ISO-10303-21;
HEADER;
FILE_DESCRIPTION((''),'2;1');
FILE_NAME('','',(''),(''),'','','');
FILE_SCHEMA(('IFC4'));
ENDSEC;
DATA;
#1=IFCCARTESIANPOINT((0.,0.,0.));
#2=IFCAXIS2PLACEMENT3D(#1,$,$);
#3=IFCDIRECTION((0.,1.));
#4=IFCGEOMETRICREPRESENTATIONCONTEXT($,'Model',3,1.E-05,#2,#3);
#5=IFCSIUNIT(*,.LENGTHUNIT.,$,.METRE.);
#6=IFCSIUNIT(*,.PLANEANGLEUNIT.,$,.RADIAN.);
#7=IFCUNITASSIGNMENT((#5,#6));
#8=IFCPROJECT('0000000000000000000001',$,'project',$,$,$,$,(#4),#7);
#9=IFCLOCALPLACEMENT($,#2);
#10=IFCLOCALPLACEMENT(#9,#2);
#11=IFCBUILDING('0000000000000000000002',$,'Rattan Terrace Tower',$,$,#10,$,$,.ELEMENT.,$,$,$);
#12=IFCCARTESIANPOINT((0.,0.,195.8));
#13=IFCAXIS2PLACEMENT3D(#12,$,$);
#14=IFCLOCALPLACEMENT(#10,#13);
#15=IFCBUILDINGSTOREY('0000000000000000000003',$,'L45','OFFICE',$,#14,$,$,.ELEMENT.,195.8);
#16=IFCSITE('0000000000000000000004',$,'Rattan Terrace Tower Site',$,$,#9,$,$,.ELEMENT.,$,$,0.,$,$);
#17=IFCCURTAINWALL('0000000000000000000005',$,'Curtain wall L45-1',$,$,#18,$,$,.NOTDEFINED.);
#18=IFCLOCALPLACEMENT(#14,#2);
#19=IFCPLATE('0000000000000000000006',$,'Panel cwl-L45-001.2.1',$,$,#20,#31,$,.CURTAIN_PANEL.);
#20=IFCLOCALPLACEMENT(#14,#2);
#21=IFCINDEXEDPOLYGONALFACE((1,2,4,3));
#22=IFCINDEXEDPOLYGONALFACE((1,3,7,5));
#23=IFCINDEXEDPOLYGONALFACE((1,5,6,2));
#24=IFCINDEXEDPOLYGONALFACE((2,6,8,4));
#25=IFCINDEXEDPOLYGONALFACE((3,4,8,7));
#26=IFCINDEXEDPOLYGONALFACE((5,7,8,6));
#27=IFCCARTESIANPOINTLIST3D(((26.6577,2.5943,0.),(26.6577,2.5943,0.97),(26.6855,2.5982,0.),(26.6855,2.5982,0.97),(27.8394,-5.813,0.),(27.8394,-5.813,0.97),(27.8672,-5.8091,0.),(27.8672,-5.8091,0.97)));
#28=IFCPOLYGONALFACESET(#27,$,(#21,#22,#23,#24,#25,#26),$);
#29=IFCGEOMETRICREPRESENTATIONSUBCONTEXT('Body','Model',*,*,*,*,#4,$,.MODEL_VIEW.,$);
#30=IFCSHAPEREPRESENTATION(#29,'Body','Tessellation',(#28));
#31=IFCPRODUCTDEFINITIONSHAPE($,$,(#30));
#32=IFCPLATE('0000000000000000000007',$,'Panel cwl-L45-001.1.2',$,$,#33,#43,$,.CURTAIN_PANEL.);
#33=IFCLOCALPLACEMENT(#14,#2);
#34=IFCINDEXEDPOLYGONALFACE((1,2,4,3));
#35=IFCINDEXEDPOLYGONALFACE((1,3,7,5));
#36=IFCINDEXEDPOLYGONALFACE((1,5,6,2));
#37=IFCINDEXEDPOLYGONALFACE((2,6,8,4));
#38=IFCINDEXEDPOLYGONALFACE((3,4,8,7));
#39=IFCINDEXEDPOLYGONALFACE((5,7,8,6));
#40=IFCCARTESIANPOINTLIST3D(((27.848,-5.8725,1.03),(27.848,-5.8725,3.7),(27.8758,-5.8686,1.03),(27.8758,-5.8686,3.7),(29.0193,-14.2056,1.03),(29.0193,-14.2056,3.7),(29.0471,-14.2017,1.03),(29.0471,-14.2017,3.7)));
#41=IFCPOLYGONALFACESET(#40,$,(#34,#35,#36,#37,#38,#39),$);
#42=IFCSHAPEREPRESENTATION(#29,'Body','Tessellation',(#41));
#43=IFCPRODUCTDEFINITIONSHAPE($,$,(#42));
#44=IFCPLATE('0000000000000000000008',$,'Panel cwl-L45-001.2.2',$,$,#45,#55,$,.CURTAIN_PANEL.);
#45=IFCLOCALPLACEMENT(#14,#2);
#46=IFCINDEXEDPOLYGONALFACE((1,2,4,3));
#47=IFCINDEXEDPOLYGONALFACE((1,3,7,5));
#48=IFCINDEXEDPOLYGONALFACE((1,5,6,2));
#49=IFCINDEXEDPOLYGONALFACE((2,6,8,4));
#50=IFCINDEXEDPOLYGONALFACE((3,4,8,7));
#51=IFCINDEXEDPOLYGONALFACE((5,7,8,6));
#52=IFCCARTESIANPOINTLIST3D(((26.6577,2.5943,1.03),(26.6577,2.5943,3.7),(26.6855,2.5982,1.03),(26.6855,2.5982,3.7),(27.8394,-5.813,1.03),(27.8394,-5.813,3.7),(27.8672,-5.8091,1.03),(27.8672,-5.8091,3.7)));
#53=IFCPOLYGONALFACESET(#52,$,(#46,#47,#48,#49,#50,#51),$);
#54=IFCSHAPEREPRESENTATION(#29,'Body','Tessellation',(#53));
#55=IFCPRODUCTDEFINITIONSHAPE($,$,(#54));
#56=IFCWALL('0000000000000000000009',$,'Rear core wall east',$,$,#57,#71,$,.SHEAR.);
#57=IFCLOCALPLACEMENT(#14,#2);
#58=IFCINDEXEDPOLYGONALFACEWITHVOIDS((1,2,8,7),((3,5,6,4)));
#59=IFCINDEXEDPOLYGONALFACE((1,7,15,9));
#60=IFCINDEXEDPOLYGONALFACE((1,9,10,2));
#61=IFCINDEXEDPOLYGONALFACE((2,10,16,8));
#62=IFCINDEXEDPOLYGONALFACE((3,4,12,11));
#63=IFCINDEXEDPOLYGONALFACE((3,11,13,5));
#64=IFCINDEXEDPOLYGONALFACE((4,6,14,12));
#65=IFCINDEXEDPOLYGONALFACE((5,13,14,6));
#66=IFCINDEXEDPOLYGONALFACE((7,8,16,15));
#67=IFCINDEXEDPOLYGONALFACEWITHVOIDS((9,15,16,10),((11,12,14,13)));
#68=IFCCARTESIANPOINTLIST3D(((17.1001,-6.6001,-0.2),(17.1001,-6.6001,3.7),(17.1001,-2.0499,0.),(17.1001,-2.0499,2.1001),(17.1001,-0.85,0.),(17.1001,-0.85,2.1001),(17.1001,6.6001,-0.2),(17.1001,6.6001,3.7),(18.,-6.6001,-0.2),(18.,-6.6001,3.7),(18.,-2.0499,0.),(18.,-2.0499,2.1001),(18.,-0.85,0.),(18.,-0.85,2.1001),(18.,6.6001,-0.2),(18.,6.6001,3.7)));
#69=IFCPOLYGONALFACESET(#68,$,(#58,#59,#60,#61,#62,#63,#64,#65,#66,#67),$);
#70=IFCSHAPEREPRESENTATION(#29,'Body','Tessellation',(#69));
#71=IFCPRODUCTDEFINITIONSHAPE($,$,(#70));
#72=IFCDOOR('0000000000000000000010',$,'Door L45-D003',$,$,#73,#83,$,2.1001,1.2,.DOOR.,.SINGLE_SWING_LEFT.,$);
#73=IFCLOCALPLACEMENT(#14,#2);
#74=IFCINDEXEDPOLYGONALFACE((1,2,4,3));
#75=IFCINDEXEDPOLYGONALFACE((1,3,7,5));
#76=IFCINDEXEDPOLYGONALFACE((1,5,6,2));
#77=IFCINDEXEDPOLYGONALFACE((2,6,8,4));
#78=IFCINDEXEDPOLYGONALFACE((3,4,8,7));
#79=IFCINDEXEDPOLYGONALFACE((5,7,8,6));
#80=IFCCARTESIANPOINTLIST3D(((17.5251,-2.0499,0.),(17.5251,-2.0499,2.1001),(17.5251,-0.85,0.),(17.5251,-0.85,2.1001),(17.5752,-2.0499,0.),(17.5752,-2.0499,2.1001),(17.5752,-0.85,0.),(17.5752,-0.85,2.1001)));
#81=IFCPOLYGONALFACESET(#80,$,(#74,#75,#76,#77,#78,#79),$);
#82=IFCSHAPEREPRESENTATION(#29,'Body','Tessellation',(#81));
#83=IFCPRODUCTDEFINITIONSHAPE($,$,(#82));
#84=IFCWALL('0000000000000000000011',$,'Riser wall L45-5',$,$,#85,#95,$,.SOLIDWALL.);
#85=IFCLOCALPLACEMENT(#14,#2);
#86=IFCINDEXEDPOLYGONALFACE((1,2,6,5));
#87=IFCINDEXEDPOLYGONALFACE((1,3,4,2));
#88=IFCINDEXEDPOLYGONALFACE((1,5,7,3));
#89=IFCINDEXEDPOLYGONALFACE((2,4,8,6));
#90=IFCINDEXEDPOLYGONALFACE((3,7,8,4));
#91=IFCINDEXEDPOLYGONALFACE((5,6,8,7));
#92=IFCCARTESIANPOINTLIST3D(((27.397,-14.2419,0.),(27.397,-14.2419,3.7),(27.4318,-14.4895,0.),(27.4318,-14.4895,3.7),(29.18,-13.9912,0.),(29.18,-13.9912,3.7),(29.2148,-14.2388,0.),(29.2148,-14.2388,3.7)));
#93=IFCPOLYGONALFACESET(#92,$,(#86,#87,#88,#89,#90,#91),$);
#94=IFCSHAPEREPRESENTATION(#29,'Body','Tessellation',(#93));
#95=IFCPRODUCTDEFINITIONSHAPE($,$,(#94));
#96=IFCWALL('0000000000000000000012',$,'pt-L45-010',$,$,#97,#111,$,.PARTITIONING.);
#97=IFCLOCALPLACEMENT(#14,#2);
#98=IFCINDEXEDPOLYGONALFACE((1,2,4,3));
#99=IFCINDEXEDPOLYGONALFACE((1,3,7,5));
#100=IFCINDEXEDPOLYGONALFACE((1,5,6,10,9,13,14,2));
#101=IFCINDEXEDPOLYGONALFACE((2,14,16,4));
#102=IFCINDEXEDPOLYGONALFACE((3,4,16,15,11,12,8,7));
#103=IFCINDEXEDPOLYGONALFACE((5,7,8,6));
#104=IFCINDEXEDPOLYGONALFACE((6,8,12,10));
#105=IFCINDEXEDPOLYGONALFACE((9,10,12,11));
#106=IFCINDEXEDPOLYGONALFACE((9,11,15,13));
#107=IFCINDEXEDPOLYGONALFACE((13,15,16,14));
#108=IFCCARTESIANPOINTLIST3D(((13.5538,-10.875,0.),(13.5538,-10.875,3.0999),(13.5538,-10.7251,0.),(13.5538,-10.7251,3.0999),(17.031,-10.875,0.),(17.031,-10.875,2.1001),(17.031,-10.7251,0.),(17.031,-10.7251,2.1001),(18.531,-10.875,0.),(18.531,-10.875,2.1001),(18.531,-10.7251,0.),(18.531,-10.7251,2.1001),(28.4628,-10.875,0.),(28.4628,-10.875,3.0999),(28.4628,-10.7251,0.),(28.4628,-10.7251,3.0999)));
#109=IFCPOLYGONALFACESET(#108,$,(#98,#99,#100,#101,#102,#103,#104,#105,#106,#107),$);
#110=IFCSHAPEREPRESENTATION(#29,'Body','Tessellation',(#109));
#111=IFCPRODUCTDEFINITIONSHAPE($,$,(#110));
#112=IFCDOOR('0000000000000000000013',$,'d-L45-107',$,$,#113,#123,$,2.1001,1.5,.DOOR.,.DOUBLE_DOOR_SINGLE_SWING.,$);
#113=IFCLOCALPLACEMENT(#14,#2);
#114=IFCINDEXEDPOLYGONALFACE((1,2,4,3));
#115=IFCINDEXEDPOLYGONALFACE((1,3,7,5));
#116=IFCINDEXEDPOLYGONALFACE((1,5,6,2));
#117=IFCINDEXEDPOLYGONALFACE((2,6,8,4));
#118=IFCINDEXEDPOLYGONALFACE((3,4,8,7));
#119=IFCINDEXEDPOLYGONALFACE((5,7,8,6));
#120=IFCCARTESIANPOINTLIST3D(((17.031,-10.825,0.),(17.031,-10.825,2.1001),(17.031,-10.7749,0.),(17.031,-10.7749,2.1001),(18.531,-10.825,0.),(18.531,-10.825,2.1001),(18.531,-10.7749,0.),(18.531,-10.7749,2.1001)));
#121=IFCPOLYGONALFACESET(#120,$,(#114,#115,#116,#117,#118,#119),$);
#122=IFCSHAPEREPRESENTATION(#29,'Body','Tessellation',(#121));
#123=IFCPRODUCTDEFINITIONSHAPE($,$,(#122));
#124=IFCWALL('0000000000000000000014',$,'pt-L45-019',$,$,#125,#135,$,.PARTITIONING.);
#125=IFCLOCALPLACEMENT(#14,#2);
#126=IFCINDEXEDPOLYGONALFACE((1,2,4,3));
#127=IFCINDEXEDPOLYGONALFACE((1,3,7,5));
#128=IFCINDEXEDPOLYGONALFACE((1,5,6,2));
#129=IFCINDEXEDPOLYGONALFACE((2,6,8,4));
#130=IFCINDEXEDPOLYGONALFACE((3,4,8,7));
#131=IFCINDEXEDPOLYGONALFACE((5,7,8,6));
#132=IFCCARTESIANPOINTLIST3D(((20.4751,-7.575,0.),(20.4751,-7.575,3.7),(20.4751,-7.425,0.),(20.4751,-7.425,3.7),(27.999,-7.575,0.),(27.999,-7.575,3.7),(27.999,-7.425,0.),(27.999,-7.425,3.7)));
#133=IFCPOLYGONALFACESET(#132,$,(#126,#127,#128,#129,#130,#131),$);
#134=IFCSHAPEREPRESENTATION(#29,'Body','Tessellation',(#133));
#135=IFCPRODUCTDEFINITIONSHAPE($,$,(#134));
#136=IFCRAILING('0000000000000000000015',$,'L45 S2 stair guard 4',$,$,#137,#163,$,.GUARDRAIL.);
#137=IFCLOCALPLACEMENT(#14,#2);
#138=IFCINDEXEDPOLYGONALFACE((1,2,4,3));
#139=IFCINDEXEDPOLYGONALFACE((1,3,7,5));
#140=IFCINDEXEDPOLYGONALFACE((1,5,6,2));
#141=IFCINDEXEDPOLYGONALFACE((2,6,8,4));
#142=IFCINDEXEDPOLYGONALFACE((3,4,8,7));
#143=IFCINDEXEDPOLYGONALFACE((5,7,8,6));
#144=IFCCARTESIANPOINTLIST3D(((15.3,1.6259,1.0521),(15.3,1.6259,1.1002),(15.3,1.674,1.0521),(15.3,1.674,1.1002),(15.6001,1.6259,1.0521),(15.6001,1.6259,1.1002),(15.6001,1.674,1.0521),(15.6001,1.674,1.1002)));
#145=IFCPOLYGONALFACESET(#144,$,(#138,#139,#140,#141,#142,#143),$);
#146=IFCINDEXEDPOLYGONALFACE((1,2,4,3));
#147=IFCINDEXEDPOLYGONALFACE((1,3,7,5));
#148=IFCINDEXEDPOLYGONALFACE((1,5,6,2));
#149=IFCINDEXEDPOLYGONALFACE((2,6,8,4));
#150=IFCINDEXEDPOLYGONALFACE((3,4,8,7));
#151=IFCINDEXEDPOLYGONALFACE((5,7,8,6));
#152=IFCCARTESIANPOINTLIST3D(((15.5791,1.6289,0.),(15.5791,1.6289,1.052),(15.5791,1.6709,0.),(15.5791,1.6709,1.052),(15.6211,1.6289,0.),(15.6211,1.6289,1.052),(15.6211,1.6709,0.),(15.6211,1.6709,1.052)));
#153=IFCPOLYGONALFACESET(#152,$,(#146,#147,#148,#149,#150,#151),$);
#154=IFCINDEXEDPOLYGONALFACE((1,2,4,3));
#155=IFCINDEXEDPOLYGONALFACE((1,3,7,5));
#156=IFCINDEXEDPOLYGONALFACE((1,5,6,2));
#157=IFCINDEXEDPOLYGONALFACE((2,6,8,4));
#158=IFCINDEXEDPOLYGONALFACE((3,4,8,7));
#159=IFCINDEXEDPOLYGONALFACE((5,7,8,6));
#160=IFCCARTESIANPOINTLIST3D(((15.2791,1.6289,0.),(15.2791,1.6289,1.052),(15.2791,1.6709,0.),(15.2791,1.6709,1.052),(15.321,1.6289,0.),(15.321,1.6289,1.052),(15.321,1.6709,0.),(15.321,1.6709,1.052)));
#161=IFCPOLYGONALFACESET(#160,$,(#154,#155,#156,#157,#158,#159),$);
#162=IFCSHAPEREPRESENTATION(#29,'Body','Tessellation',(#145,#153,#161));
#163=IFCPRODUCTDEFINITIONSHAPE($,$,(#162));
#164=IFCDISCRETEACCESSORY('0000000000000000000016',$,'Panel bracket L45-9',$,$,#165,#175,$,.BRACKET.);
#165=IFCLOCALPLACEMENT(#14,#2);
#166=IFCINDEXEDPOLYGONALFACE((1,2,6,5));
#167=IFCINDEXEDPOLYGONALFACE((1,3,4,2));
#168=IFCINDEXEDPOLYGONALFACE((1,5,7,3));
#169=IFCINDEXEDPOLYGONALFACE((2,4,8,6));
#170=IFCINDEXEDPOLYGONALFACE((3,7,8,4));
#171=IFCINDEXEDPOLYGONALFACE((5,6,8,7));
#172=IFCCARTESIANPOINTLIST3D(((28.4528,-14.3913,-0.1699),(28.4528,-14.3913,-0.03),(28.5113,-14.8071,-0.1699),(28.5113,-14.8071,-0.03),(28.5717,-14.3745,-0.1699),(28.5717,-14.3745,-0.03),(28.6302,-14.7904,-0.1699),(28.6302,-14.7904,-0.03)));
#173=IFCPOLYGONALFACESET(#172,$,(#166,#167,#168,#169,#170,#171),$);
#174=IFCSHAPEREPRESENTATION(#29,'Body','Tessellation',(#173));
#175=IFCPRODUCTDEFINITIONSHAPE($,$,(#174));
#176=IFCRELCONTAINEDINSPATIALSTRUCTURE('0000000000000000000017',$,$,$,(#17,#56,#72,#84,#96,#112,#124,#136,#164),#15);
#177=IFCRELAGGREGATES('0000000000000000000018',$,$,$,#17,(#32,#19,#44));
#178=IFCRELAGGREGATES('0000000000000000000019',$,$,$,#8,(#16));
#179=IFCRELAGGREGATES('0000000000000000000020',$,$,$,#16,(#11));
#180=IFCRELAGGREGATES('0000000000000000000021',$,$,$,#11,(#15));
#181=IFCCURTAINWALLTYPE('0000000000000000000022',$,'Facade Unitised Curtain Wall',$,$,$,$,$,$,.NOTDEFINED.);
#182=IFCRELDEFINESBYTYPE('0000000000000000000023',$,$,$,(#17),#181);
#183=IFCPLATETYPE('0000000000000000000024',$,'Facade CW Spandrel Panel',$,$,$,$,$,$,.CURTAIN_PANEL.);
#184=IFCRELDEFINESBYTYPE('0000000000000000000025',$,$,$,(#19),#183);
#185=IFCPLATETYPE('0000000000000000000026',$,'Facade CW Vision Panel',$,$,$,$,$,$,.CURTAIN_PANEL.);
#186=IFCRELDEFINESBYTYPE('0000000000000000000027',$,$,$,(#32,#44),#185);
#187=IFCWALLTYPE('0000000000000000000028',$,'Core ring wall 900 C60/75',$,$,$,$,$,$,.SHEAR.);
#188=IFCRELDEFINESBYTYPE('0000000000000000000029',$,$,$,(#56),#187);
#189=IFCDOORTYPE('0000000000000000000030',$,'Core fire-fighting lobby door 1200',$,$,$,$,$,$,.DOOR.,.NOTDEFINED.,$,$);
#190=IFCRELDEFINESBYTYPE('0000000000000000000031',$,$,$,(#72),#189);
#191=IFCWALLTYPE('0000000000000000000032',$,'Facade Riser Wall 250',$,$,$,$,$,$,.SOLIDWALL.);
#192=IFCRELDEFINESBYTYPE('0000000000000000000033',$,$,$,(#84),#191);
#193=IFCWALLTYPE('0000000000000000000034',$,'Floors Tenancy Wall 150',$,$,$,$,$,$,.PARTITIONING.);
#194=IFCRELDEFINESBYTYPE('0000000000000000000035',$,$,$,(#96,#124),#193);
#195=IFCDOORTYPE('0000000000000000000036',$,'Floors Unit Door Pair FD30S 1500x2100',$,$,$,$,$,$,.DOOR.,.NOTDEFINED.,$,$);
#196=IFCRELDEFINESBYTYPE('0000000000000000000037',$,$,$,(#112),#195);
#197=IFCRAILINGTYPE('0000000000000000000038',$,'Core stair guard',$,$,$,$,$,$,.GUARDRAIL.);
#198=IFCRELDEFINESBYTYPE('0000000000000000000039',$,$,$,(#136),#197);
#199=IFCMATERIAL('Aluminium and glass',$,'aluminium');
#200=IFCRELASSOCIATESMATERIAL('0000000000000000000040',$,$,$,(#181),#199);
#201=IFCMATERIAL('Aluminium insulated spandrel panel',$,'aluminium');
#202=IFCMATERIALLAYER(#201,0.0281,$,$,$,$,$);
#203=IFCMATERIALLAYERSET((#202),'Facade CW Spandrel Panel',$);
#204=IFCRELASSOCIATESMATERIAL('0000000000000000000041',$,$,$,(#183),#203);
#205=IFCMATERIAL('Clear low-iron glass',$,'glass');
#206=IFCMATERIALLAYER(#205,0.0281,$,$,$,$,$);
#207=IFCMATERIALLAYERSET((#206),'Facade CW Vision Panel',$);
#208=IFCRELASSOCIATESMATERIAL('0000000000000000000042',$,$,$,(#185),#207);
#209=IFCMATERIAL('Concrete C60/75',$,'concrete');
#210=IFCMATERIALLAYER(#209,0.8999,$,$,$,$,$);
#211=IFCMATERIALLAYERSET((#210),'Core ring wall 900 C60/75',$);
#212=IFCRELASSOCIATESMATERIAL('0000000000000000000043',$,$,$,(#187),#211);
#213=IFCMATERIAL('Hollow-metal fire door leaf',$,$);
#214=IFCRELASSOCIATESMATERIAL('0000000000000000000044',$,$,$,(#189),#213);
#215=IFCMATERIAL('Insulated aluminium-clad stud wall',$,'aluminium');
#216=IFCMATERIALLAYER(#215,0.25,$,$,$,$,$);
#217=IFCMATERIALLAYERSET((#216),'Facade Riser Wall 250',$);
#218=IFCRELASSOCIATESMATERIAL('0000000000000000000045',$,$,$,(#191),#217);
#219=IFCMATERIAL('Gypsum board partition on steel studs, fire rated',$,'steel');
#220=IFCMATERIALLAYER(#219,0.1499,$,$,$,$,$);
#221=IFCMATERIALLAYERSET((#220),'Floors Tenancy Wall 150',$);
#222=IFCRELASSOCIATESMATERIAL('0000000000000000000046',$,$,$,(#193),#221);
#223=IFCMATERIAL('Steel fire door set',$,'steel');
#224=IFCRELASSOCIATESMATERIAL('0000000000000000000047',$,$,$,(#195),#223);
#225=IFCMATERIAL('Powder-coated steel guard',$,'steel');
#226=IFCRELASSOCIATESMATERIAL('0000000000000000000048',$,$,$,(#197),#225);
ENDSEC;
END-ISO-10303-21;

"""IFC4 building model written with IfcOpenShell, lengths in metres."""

from ifc_helpers import new_model, si_unit, direction, frame, frame_2d, origin, origin_2d, place, context, subcontext, project, spatial, rectangle, extrude, material, layer, layer_set, type_object, element, fill, aggregate, save


model = new_model("IFC4")

# Units and contexts
model_context = context("Model", 3, precision=1e-05, world=origin(), true_north=direction((0.0, 1.0)))
body_context = subcontext(model_context, "Body", "Model", "MODEL_VIEW")
ifc_project = project(units=[si_unit("LENGTHUNIT", "METRE"), si_unit("PLANEANGLEUNIT", "RADIAN")], contexts=[model_context])

# Site, building, storey
site_placement = place(None, origin())
site = spatial("IfcSite", under=ifc_project, at=site_placement, Name="Rattan Terrace Tower Site", CompositionType="ELEMENT", RefElevation=0.0)
building_placement = place(site_placement, origin())
building = spatial("IfcBuilding", under=site, at=building_placement, Name="Rattan Terrace Tower", CompositionType="ELEMENT")
storey_placement = place(building_placement, frame((0.0, 0.0, 195.8)))
storey = spatial("IfcBuildingStorey", under=building, at=storey_placement, Name="L45", Description="OFFICE", CompositionType="ELEMENT", Elevation=195.8)

# Curtain wall
ifc_material_1 = material(Name="Aluminium and glass", Category="aluminium")
curtain_wall_type = type_object("IfcCurtainWallType", Name="Facade Unitised Curtain Wall", PredefinedType="NOTDEFINED", material=ifc_material_1)
curtain_wall_placement = place(storey_placement, origin())
curtain_wall = element("IfcCurtainWall", 1, at=curtain_wall_placement, inside=storey, type_object=curtain_wall_type, Name="Curtain wall L45-1", PredefinedType="NOTDEFINED")

# Plates
ifc_material_2 = material(Name="Aluminium insulated spandrel panel", Category="aluminium")
ifc_layer_1 = layer(ifc_material_2, 0.0281)
ifc_layer_set_1 = layer_set([ifc_layer_1], Name="Facade CW Spandrel Panel")
plate_type_1 = type_object("IfcPlateType", Name="Facade CW Spandrel Panel", PredefinedType="CURTAIN_PANEL", material=ifc_layer_set_1)
plate_1_placement = place(storey_placement, frame((27.2625, -1.6074, 0.0), z_axis=(0.0, 0.0, 1.0), x_axis=(-0.139191, 0.990266, 0.0)))
plate_1 = element("IfcPlate", 2, at=plate_1_placement, type_object=plate_type_1, Name="Panel cwl-L45-001.2.1", PredefinedType="CURTAIN_PANEL", context=body_context, shape_type="SweptSolid", body=[
    extrude(rectangle(XDim=8.49, YDim=0.0281, at=origin_2d()), origin(), (0.0, 0.0, 1.0), 0.97),
])
ifc_material_3 = material(Name="Clear low-iron glass", Category="glass")
ifc_layer_2 = layer(ifc_material_3, 0.0281)
ifc_layer_set_2 = layer_set([ifc_layer_2], Name="Facade CW Vision Panel")
plate_type_2 = type_object("IfcPlateType", Name="Facade CW Vision Panel", PredefinedType="CURTAIN_PANEL", material=ifc_layer_set_2)
plate_2_placement = place(storey_placement, frame((28.4475, -10.0371, 1.03), z_axis=(0.0, 0.0, 1.0), x_axis=(-0.139191, 0.990266, 0.0)))
plate_2 = element("IfcPlate", 3, at=plate_2_placement, type_object=plate_type_2, Name="Panel cwl-L45-001.1.2", PredefinedType="CURTAIN_PANEL", context=body_context, shape_type="SweptSolid", body=[
    extrude(rectangle(XDim=8.415, YDim=0.0281, at=origin_2d()), origin(), (0.0, 0.0, 1.0), 2.6699),
])
plate_3_placement = place(storey_placement, frame((27.2625, -1.6074, 1.03), z_axis=(0.0, 0.0, 1.0), x_axis=(-0.139191, 0.990266, 0.0)))
plate_3 = element("IfcPlate", 4, at=plate_3_placement, type_object=plate_type_2, Name="Panel cwl-L45-001.2.2", PredefinedType="CURTAIN_PANEL", context=body_context, shape_type="SweptSolid", body=[
    extrude(rectangle(XDim=8.49, YDim=0.0281, at=origin_2d()), origin(), (0.0, 0.0, 1.0), 2.6699),
])
aggregate(curtain_wall, [plate_2, plate_1, plate_3])

# Wall, opening, door
ifc_material_4 = material(Name="Concrete C60/75", Category="concrete")
ifc_layer_3 = layer(ifc_material_4, 0.8999)
ifc_layer_set_3 = layer_set([ifc_layer_3], Name="Core ring wall 900 C60/75")
wall_type_1 = type_object("IfcWallType", Name="Core ring wall 900 C60/75", PredefinedType="SHEAR", material=ifc_layer_set_3)
wall_1_placement = place(storey_placement, frame((17.55, -6.6001, -0.2), z_axis=(0.0, 0.0, 1.0), x_axis=(0.0, 1.0, 0.0)))
wall_1 = element("IfcWall", 5, at=wall_1_placement, inside=storey, type_object=wall_type_1, Name="Rear core wall east", PredefinedType="SHEAR", context=body_context, shape_type="SweptSolid", body=[
    extrude(rectangle(XDim=13.2002, YDim=0.8999, at=frame_2d((6.6001, 0.0))), origin(), (0.0, 0.0, 1.0), 3.8999),
])
opening_1_placement = place(wall_1_placement, frame((4.55, 0.0, 0.2)))
opening_1 = element("IfcOpeningElement", 6, at=opening_1_placement, cuts=wall_1, PredefinedType="OPENING", context=body_context, shape_type="SweptSolid", body=[
    extrude(rectangle(XDim=1.2, YDim=2.1001, at=frame_2d((0.6001, 1.05))), frame((0.0, 0.4604, 0.0), z_axis=(0.0, -1.0, 0.0), x_axis=(1.0, 0.0, 0.0)), (0.0, 0.0, 1.0), 0.9209),
])
ifc_material_5 = material(Name="Hollow-metal fire door leaf")
door_type_1 = type_object("IfcDoorType", Name="Core fire-fighting lobby door 1200", OperationType="NOTDEFINED", PredefinedType="DOOR", material=ifc_material_5)
door_1_placement = place(opening_1_placement, origin())
door_1 = element("IfcDoor", 7, at=door_1_placement, inside=storey, type_object=door_type_1, Name="Door L45-D003", OperationType="SINGLE_SWING_LEFT", OverallHeight=2.1001, OverallWidth=1.2, PredefinedType="DOOR", context=body_context, shape_type="SweptSolid", body=[
    extrude(rectangle(XDim=1.2, YDim=2.1001, at=frame_2d((0.6001, 1.05))), frame((0.0, 0.0249, 0.0), z_axis=(0.0, -1.0, 0.0), x_axis=(1.0, 0.0, 0.0)), (0.0, 0.0, 1.0), 0.05),
])
fill(opening_1, door_1)

# Wall
ifc_material_6 = material(Name="Insulated aluminium-clad stud wall", Category="aluminium")
ifc_layer_4 = layer(ifc_material_6, 0.25)
ifc_layer_set_4 = layer_set([ifc_layer_4], Name="Facade Riser Wall 250")
wall_type_2 = type_object("IfcWallType", Name="Facade Riser Wall 250", PredefinedType="SOLIDWALL", material=ifc_layer_set_4)
wall_2_placement = place(storey_placement, frame((27.4143, -14.3657, 0.0), z_axis=(0.0, 0.0, 1.0), x_axis=(0.990256, 0.139257, 0.0)))
element("IfcWall", 8, at=wall_2_placement, inside=storey, type_object=wall_type_2, Name="Riser wall L45-5", PredefinedType="SOLIDWALL", context=body_context, shape_type="SweptSolid", body=[
    extrude(rectangle(XDim=1.8005, YDim=0.25, at=frame_2d((0.9004, 0.0))), origin(), (0.0, 0.0, 1.0), 3.7),
])

# Wall, opening, door
ifc_material_7 = material(Name="Gypsum board partition on steel studs, fire rated", Category="steel")
ifc_layer_5 = layer(ifc_material_7, 0.1499)
ifc_layer_set_5 = layer_set([ifc_layer_5], Name="Floors Tenancy Wall 150")
wall_type_3 = type_object("IfcWallType", Name="Floors Tenancy Wall 150", PredefinedType="PARTITIONING", material=ifc_layer_set_5)
wall_3_placement = place(storey_placement, frame((28.4629, -10.8, 0.0), z_axis=(0.0, 0.0, 1.0), x_axis=(-1.0, 0.0, 0.0)))
wall_3 = element("IfcWall", 9, at=wall_3_placement, inside=storey, type_object=wall_type_3, Name="pt-L45-010", PredefinedType="PARTITIONING", context=body_context, shape_type="SweptSolid", body=[
    extrude(rectangle(XDim=14.9089, YDim=0.1499, at=frame_2d((7.4546, 0.0))), origin(), (0.0, 0.0, 1.0), 3.0999),
])
opening_2_placement = place(wall_3_placement, frame((9.9319, 0.0, 0.0)))
opening_2 = element("IfcOpeningElement", 10, at=opening_2_placement, cuts=wall_3, PredefinedType="OPENING", context=body_context, shape_type="SweptSolid", body=[
    extrude(rectangle(XDim=1.5, YDim=2.1001, at=frame_2d((0.75, 1.05))), frame((0.0, 0.0854, 0.0), z_axis=(0.0, -1.0, 0.0), x_axis=(1.0, 0.0, 0.0)), (0.0, 0.0, 1.0), 0.1709),
])
ifc_material_8 = material(Name="Steel fire door set", Category="steel")
door_type_2 = type_object("IfcDoorType", Name="Floors Unit Door Pair FD30S 1500x2100", OperationType="NOTDEFINED", PredefinedType="DOOR", material=ifc_material_8)
door_2_placement = place(opening_2_placement, origin())
door_2 = element("IfcDoor", 11, at=door_2_placement, inside=storey, type_object=door_type_2, Name="d-L45-107", OperationType="DOUBLE_DOOR_SINGLE_SWING", OverallHeight=2.1001, OverallWidth=1.5, PredefinedType="DOOR", context=body_context, shape_type="SweptSolid", body=[
    extrude(rectangle(XDim=1.5, YDim=2.1001, at=frame_2d((0.75, 1.05))), frame((0.0, 0.0249, 0.0), z_axis=(0.0, -1.0, 0.0), x_axis=(1.0, 0.0, 0.0)), (0.0, 0.0, 1.0), 0.05),
])
fill(opening_2, door_2)

# Wall
wall_4_placement = place(storey_placement, frame((20.4751, -7.5, 0.0), z_axis=(0.0, 0.0, 1.0), x_axis=(1.0, 0.0, 0.0)))
element("IfcWall", 12, at=wall_4_placement, inside=storey, type_object=wall_type_3, Name="pt-L45-019", PredefinedType="PARTITIONING", context=body_context, shape_type="SweptSolid", body=[
    extrude(rectangle(XDim=7.5239, YDim=0.1499, at=frame_2d((3.762, 0.0))), origin(), (0.0, 0.0, 1.0), 3.7),
])

# Railing
ifc_material_9 = material(Name="Powder-coated steel guard", Category="steel")
railing_type = type_object("IfcRailingType", Name="Core stair guard", PredefinedType="GUARDRAIL", material=ifc_material_9)
railing_placement = place(storey_placement, frame((15.6001, 1.6499, 0.0)))
element("IfcRailing", 13, at=railing_placement, inside=storey, type_object=railing_type, Name="L45 S2 stair guard 4", PredefinedType="GUARDRAIL", context=body_context, shape_type="SweptSolid", body=[
    extrude(rectangle(XDim=0.0481, YDim=0.0481, at=origin_2d()), frame((0.0, 0.0, 1.0762), z_axis=(-1.0, 0.0, 0.0), x_axis=(0.0, -1.0, 0.0)), (0.0, 0.0, 1.0), 0.3),
    extrude(rectangle(XDim=0.042, YDim=0.042, at=origin_2d()), origin(), (0.0, 0.0, 1.0), 1.052),
    extrude(rectangle(XDim=0.042, YDim=0.042, at=origin_2d()), frame((-0.3, 0.0, 0.0)), (0.0, 0.0, 1.0), 1.052),
])

# Discrete accessory
for number, where, z_axis, x_axis, name in (
    (14, (28.5415, -14.5908, -0.1699), (0.0, 0.0, 1.0), (0.990254, 0.139275, 0.0), "Panel bracket L45-9"),
):
    element("IfcDiscreteAccessory", number, at=place(storey_placement, frame(where, z_axis=z_axis, x_axis=x_axis)), inside=storey, Name=name, PredefinedType="BRACKET", context=body_context, shape_type="SweptSolid", body=[
        extrude(rectangle(XDim=0.1201, YDim=0.4199, at=origin_2d()), origin(), (0.0, 0.0, 1.0), 0.1399),
    ])

save(model, "model.ifc")
